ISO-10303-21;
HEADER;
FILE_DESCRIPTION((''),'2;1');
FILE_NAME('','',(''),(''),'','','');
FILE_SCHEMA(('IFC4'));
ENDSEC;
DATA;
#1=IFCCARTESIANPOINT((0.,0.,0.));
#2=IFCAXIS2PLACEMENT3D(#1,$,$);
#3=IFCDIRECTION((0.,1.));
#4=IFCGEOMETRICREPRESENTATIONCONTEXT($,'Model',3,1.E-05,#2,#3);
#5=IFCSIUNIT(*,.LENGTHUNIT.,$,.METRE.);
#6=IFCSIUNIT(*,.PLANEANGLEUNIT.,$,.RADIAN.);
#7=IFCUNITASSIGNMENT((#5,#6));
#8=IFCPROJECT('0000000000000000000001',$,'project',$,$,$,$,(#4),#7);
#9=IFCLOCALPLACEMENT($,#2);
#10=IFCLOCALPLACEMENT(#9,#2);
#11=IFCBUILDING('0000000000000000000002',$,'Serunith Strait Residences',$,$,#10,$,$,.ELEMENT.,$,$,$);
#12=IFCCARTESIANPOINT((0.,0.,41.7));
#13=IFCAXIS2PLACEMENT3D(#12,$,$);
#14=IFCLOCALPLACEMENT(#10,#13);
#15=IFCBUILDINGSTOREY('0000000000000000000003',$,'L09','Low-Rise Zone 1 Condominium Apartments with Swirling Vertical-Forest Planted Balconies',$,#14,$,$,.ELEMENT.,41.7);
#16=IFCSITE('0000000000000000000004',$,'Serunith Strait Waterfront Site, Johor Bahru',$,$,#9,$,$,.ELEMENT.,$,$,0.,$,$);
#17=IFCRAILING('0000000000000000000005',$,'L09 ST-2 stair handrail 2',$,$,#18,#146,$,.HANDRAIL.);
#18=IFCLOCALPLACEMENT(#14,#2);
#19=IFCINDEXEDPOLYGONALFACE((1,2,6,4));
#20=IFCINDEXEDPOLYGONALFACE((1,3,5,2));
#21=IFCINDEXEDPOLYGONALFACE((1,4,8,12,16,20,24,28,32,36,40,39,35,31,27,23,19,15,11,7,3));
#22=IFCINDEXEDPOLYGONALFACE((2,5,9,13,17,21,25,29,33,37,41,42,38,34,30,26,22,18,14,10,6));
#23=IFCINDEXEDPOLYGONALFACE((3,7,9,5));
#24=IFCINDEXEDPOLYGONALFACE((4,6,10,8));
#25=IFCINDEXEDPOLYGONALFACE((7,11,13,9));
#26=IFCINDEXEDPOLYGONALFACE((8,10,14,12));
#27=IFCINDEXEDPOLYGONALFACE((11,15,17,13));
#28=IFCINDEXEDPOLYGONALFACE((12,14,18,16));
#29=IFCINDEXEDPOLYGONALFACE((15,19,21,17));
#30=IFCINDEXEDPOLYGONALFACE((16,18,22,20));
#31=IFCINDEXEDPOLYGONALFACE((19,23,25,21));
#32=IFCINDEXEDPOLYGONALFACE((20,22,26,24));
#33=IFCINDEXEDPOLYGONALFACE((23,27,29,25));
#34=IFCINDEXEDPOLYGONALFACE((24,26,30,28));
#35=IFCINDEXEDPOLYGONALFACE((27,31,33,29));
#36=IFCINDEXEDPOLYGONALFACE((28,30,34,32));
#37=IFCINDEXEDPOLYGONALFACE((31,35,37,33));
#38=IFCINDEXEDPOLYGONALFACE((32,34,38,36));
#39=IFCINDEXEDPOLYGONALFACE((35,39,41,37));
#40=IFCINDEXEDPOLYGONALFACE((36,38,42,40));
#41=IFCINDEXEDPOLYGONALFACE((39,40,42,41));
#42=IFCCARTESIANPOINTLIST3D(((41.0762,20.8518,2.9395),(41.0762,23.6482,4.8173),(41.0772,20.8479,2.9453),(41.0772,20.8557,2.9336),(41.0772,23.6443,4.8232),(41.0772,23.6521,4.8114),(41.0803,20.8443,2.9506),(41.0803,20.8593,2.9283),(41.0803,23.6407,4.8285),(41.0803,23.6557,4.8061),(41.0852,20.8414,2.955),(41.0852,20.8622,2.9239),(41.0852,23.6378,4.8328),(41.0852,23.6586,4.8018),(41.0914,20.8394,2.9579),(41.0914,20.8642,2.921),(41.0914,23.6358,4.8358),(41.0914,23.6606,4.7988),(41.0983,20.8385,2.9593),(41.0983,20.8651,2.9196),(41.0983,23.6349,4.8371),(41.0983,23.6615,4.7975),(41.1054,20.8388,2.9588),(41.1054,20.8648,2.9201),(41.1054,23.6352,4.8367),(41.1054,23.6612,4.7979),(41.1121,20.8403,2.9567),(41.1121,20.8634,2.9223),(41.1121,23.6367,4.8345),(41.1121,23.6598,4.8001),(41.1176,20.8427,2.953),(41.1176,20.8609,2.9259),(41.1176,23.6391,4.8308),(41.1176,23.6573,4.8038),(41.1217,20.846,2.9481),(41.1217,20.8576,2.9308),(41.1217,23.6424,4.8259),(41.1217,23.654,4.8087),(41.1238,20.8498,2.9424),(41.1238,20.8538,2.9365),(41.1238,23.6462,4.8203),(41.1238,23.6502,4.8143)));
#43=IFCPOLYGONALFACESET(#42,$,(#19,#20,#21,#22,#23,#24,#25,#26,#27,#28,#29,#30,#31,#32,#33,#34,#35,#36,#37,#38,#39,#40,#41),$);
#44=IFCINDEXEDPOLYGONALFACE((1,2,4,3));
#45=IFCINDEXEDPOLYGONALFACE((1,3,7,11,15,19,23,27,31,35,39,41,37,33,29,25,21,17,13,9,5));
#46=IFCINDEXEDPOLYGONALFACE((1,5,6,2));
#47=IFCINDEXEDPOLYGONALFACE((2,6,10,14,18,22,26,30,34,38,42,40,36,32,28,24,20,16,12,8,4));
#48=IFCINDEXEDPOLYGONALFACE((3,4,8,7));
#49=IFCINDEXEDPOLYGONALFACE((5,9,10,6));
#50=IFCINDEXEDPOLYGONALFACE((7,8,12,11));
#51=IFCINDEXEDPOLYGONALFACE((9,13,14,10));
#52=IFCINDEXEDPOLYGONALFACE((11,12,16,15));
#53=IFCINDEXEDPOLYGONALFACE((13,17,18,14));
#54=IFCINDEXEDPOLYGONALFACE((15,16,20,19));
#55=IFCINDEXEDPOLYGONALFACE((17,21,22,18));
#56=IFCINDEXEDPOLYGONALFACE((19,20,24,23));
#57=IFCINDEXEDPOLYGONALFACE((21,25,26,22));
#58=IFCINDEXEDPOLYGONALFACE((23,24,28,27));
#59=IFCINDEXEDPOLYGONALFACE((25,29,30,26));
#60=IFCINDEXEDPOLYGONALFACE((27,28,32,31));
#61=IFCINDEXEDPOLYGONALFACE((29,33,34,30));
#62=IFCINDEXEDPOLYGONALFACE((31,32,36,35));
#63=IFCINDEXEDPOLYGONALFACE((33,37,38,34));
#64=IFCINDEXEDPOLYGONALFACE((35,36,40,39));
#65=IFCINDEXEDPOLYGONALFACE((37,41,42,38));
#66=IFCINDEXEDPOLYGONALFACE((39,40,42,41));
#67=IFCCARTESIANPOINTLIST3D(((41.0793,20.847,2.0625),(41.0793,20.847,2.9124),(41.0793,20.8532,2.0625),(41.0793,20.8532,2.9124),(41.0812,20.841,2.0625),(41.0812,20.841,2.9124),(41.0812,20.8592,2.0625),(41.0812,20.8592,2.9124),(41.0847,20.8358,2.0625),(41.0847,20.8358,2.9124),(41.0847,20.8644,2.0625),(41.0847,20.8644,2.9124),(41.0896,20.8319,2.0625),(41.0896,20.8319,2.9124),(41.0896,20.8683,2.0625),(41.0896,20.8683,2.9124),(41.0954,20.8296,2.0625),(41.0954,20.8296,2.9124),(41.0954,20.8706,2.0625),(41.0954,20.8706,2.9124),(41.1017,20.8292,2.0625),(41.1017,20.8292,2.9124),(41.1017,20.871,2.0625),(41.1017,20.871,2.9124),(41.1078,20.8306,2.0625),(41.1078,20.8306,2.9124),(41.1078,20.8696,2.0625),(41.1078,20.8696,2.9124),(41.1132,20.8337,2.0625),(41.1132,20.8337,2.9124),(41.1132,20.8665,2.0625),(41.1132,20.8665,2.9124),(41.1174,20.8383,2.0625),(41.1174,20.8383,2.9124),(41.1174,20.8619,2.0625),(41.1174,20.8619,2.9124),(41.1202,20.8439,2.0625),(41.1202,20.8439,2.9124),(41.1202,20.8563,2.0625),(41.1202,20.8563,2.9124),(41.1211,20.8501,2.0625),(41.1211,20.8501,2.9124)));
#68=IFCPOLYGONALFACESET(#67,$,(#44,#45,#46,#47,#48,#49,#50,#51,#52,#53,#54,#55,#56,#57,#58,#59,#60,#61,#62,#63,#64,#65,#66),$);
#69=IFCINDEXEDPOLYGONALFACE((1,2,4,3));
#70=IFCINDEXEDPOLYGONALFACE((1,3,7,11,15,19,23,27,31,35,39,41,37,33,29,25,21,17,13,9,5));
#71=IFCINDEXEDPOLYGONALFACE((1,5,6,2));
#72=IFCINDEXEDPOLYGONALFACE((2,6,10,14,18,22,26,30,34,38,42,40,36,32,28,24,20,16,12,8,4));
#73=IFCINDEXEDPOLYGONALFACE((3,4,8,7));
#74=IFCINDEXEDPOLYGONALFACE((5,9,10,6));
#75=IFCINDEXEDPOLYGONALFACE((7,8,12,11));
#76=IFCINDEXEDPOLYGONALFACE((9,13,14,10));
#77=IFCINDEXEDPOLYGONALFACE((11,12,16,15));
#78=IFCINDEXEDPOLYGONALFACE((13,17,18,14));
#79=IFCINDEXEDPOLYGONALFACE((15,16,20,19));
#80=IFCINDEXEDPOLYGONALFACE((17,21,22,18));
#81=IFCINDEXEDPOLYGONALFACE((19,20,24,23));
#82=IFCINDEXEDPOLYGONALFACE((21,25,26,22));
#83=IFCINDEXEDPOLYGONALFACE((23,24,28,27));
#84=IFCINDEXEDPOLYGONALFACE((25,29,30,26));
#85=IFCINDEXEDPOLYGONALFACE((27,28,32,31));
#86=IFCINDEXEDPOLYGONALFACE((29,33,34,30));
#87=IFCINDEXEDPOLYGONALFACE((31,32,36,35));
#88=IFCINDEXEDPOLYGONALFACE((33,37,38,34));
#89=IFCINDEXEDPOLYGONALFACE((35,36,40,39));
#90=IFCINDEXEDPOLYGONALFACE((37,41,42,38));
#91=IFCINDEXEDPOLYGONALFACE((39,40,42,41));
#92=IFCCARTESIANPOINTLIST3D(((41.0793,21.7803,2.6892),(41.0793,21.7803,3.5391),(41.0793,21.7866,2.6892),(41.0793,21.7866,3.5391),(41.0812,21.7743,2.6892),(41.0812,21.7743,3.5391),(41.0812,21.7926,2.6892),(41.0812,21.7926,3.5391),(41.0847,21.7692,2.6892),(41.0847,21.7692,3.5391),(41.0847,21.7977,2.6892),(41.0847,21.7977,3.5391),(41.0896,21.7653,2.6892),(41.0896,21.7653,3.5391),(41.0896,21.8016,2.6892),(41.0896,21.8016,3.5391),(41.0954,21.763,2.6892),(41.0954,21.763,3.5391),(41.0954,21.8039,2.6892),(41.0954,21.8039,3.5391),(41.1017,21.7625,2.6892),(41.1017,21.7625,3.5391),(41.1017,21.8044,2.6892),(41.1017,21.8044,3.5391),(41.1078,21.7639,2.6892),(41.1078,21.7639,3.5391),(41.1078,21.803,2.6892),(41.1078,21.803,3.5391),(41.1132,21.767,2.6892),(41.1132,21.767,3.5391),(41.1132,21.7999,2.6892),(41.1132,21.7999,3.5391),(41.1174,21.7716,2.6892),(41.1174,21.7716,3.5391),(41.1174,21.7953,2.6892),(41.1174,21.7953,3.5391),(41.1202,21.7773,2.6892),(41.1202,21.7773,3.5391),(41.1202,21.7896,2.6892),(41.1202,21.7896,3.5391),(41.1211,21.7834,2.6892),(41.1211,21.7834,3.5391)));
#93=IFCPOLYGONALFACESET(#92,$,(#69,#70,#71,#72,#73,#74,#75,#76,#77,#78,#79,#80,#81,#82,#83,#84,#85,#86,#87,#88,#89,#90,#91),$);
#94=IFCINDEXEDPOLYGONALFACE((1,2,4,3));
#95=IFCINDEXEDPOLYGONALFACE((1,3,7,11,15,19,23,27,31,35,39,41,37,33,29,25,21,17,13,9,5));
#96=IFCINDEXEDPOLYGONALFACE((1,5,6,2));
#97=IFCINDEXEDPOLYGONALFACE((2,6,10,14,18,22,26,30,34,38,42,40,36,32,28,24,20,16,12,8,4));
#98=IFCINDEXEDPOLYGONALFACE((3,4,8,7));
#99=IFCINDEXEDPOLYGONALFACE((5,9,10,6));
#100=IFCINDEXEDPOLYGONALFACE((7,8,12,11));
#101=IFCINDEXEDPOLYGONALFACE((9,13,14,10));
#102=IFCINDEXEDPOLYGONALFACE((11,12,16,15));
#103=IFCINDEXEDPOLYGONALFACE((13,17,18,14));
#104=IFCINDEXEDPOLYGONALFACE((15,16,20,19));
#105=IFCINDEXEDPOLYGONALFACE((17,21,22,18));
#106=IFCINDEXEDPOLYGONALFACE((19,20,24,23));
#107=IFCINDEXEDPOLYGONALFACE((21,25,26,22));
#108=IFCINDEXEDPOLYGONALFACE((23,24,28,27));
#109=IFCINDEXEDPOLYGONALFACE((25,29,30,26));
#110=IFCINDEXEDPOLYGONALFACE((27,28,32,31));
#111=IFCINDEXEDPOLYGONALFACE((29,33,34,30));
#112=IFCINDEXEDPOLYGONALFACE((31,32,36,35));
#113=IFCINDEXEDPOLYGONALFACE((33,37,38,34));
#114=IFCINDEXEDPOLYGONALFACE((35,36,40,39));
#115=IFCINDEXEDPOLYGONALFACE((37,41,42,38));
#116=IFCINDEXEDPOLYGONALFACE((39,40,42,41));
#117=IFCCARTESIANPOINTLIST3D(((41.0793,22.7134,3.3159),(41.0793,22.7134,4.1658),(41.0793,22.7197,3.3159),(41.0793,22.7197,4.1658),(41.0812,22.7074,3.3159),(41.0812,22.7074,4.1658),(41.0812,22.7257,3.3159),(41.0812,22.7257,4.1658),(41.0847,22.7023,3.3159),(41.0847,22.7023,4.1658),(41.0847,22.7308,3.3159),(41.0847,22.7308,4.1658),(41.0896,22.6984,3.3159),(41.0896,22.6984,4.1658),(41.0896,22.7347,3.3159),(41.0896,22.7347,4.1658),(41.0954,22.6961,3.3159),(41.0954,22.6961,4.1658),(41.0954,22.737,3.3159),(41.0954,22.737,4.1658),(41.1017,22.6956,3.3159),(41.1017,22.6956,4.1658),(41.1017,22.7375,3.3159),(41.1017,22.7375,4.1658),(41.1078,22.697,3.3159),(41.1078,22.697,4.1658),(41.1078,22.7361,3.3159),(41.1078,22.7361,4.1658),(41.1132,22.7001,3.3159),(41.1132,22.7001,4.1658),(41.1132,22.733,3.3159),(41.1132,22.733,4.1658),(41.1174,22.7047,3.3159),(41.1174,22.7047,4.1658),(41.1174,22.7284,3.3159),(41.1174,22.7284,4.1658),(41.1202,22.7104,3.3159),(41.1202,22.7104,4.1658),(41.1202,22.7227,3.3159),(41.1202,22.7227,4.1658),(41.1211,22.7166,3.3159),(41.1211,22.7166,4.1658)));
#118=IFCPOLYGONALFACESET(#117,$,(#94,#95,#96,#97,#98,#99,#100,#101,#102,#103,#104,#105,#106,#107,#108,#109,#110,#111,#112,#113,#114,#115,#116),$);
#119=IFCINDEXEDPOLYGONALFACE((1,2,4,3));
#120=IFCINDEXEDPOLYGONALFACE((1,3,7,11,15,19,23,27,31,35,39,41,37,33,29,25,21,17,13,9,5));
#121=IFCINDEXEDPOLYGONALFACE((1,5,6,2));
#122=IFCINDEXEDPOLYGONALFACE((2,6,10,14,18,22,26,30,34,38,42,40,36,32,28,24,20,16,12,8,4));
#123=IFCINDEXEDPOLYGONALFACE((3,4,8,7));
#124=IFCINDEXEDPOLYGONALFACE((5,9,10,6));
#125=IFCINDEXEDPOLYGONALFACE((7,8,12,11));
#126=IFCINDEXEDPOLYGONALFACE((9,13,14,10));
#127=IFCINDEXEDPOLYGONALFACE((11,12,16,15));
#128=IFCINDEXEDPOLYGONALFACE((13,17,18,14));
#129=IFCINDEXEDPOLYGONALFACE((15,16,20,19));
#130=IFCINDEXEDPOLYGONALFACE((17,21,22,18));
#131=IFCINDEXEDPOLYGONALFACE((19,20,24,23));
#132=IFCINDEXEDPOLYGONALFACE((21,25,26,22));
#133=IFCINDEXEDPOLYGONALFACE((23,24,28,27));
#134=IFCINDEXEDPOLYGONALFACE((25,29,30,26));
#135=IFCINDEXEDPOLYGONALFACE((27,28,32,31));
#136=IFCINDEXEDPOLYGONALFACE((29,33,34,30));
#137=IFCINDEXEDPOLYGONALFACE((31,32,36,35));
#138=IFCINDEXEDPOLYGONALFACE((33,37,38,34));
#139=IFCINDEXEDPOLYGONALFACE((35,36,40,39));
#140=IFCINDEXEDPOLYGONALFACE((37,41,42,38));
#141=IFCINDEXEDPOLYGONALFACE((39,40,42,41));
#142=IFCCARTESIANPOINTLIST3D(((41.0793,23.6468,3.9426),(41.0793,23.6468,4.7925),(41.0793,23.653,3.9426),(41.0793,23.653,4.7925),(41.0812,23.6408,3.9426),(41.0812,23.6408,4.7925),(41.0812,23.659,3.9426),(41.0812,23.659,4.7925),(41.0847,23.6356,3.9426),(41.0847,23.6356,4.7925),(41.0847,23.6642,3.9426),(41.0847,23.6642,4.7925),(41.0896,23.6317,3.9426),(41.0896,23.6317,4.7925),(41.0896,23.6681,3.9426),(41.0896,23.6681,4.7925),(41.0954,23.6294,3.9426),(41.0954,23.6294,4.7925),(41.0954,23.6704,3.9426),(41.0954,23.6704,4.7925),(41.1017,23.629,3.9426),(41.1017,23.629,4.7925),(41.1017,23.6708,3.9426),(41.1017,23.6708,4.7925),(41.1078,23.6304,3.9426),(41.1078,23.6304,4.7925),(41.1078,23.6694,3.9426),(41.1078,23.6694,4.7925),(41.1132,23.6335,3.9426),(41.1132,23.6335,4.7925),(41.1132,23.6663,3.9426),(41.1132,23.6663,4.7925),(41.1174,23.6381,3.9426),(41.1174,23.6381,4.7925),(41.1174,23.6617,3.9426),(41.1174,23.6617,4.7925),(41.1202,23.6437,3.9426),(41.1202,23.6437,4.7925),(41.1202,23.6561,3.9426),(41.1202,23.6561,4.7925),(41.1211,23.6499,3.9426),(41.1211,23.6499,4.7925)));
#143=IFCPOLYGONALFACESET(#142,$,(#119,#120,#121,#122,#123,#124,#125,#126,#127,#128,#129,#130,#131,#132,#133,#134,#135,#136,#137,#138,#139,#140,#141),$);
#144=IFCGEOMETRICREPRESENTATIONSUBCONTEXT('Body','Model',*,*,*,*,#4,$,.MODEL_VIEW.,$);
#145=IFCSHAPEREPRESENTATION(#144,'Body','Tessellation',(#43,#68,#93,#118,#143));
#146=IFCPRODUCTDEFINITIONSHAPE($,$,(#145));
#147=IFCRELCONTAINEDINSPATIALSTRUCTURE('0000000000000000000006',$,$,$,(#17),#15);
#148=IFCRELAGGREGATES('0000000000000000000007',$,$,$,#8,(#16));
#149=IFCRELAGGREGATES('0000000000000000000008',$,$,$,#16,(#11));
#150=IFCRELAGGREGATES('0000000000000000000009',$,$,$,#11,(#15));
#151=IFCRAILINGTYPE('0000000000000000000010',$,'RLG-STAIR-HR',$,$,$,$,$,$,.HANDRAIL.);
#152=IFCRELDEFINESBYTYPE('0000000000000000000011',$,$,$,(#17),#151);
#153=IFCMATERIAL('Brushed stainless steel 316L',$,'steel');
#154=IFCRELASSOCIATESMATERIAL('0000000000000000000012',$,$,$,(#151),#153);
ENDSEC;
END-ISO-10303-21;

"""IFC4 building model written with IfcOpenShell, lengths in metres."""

from ifc_helpers import new_model, si_unit, direction, frame, origin, origin_2d, place, context, subcontext, project, spatial, circle, extrude, material, type_object, element, save


model = new_model("IFC4")

# Units and contexts
model_context = context("Model", 3, precision=1e-05, world=origin(), true_north=direction((0.0, 1.0)))
body_context = subcontext(model_context, "Body", "Model", "MODEL_VIEW")
ifc_project = project(units=[si_unit("LENGTHUNIT", "METRE"), si_unit("PLANEANGLEUNIT", "RADIAN")], contexts=[model_context])

# Site, building, storey
site_placement = place(None, origin())
site = spatial("IfcSite", under=ifc_project, at=site_placement, Name="Serunith Strait Waterfront Site, Johor Bahru", CompositionType="ELEMENT", RefElevation=0.0)
building_placement = place(site_placement, origin())
building = spatial("IfcBuilding", under=site, at=building_placement, Name="Serunith Strait Residences", CompositionType="ELEMENT")
storey_placement = place(building_placement, frame((0.0, 0.0, 41.7)))
storey = spatial("IfcBuildingStorey", under=building, at=storey_placement, Name="L09", Description="Low-Rise Zone 1 Condominium Apartments with Swirling Vertical-Forest Planted Balconies", CompositionType="ELEMENT", Elevation=41.7)

# Railing
ifc_material_1 = material(Name="Brushed stainless steel 316L", Category="steel")
railing_type_1 = type_object("IfcRailingType", Name="RLG-STAIR-HR", PredefinedType="HANDRAIL", material=ifc_material_1)
railing_1_placement = place(storey_placement, frame((41.1001, 20.8501, 2.0625)))
element("IfcRailing", 1, at=railing_1_placement, inside=storey, type_object=railing_type_1, Name="L09 ST-2 stair handrail 2", PredefinedType="HANDRAIL", context=body_context, shape_type="SweptSolid", body=[
    extrude(circle(Radius=0.0239, at=origin_2d()), frame((0.0, 0.0017, 0.877), z_axis=(0.0, 0.830186, 0.557487), x_axis=(-1.0, 0.0, 0.0)), (0.0, 0.0, 1.0), 3.3684),
    extrude(circle(Radius=0.021, at=origin_2d()), origin(), (0.0, 0.0, 1.0), 0.8499),
    extrude(circle(Radius=0.021, at=origin_2d()), frame((0.0, 0.9333, 0.6267)), (0.0, 0.0, 1.0), 0.8499),
    extrude(circle(Radius=0.021, at=origin_2d()), frame((0.0, 1.8665, 1.2534)), (0.0, 0.0, 1.0), 0.8499),
    extrude(circle(Radius=0.021, at=origin_2d()), frame((0.0, 2.7998, 1.8801)), (0.0, 0.0, 1.0), 0.8499),
])

save(model, "model.ifc")
